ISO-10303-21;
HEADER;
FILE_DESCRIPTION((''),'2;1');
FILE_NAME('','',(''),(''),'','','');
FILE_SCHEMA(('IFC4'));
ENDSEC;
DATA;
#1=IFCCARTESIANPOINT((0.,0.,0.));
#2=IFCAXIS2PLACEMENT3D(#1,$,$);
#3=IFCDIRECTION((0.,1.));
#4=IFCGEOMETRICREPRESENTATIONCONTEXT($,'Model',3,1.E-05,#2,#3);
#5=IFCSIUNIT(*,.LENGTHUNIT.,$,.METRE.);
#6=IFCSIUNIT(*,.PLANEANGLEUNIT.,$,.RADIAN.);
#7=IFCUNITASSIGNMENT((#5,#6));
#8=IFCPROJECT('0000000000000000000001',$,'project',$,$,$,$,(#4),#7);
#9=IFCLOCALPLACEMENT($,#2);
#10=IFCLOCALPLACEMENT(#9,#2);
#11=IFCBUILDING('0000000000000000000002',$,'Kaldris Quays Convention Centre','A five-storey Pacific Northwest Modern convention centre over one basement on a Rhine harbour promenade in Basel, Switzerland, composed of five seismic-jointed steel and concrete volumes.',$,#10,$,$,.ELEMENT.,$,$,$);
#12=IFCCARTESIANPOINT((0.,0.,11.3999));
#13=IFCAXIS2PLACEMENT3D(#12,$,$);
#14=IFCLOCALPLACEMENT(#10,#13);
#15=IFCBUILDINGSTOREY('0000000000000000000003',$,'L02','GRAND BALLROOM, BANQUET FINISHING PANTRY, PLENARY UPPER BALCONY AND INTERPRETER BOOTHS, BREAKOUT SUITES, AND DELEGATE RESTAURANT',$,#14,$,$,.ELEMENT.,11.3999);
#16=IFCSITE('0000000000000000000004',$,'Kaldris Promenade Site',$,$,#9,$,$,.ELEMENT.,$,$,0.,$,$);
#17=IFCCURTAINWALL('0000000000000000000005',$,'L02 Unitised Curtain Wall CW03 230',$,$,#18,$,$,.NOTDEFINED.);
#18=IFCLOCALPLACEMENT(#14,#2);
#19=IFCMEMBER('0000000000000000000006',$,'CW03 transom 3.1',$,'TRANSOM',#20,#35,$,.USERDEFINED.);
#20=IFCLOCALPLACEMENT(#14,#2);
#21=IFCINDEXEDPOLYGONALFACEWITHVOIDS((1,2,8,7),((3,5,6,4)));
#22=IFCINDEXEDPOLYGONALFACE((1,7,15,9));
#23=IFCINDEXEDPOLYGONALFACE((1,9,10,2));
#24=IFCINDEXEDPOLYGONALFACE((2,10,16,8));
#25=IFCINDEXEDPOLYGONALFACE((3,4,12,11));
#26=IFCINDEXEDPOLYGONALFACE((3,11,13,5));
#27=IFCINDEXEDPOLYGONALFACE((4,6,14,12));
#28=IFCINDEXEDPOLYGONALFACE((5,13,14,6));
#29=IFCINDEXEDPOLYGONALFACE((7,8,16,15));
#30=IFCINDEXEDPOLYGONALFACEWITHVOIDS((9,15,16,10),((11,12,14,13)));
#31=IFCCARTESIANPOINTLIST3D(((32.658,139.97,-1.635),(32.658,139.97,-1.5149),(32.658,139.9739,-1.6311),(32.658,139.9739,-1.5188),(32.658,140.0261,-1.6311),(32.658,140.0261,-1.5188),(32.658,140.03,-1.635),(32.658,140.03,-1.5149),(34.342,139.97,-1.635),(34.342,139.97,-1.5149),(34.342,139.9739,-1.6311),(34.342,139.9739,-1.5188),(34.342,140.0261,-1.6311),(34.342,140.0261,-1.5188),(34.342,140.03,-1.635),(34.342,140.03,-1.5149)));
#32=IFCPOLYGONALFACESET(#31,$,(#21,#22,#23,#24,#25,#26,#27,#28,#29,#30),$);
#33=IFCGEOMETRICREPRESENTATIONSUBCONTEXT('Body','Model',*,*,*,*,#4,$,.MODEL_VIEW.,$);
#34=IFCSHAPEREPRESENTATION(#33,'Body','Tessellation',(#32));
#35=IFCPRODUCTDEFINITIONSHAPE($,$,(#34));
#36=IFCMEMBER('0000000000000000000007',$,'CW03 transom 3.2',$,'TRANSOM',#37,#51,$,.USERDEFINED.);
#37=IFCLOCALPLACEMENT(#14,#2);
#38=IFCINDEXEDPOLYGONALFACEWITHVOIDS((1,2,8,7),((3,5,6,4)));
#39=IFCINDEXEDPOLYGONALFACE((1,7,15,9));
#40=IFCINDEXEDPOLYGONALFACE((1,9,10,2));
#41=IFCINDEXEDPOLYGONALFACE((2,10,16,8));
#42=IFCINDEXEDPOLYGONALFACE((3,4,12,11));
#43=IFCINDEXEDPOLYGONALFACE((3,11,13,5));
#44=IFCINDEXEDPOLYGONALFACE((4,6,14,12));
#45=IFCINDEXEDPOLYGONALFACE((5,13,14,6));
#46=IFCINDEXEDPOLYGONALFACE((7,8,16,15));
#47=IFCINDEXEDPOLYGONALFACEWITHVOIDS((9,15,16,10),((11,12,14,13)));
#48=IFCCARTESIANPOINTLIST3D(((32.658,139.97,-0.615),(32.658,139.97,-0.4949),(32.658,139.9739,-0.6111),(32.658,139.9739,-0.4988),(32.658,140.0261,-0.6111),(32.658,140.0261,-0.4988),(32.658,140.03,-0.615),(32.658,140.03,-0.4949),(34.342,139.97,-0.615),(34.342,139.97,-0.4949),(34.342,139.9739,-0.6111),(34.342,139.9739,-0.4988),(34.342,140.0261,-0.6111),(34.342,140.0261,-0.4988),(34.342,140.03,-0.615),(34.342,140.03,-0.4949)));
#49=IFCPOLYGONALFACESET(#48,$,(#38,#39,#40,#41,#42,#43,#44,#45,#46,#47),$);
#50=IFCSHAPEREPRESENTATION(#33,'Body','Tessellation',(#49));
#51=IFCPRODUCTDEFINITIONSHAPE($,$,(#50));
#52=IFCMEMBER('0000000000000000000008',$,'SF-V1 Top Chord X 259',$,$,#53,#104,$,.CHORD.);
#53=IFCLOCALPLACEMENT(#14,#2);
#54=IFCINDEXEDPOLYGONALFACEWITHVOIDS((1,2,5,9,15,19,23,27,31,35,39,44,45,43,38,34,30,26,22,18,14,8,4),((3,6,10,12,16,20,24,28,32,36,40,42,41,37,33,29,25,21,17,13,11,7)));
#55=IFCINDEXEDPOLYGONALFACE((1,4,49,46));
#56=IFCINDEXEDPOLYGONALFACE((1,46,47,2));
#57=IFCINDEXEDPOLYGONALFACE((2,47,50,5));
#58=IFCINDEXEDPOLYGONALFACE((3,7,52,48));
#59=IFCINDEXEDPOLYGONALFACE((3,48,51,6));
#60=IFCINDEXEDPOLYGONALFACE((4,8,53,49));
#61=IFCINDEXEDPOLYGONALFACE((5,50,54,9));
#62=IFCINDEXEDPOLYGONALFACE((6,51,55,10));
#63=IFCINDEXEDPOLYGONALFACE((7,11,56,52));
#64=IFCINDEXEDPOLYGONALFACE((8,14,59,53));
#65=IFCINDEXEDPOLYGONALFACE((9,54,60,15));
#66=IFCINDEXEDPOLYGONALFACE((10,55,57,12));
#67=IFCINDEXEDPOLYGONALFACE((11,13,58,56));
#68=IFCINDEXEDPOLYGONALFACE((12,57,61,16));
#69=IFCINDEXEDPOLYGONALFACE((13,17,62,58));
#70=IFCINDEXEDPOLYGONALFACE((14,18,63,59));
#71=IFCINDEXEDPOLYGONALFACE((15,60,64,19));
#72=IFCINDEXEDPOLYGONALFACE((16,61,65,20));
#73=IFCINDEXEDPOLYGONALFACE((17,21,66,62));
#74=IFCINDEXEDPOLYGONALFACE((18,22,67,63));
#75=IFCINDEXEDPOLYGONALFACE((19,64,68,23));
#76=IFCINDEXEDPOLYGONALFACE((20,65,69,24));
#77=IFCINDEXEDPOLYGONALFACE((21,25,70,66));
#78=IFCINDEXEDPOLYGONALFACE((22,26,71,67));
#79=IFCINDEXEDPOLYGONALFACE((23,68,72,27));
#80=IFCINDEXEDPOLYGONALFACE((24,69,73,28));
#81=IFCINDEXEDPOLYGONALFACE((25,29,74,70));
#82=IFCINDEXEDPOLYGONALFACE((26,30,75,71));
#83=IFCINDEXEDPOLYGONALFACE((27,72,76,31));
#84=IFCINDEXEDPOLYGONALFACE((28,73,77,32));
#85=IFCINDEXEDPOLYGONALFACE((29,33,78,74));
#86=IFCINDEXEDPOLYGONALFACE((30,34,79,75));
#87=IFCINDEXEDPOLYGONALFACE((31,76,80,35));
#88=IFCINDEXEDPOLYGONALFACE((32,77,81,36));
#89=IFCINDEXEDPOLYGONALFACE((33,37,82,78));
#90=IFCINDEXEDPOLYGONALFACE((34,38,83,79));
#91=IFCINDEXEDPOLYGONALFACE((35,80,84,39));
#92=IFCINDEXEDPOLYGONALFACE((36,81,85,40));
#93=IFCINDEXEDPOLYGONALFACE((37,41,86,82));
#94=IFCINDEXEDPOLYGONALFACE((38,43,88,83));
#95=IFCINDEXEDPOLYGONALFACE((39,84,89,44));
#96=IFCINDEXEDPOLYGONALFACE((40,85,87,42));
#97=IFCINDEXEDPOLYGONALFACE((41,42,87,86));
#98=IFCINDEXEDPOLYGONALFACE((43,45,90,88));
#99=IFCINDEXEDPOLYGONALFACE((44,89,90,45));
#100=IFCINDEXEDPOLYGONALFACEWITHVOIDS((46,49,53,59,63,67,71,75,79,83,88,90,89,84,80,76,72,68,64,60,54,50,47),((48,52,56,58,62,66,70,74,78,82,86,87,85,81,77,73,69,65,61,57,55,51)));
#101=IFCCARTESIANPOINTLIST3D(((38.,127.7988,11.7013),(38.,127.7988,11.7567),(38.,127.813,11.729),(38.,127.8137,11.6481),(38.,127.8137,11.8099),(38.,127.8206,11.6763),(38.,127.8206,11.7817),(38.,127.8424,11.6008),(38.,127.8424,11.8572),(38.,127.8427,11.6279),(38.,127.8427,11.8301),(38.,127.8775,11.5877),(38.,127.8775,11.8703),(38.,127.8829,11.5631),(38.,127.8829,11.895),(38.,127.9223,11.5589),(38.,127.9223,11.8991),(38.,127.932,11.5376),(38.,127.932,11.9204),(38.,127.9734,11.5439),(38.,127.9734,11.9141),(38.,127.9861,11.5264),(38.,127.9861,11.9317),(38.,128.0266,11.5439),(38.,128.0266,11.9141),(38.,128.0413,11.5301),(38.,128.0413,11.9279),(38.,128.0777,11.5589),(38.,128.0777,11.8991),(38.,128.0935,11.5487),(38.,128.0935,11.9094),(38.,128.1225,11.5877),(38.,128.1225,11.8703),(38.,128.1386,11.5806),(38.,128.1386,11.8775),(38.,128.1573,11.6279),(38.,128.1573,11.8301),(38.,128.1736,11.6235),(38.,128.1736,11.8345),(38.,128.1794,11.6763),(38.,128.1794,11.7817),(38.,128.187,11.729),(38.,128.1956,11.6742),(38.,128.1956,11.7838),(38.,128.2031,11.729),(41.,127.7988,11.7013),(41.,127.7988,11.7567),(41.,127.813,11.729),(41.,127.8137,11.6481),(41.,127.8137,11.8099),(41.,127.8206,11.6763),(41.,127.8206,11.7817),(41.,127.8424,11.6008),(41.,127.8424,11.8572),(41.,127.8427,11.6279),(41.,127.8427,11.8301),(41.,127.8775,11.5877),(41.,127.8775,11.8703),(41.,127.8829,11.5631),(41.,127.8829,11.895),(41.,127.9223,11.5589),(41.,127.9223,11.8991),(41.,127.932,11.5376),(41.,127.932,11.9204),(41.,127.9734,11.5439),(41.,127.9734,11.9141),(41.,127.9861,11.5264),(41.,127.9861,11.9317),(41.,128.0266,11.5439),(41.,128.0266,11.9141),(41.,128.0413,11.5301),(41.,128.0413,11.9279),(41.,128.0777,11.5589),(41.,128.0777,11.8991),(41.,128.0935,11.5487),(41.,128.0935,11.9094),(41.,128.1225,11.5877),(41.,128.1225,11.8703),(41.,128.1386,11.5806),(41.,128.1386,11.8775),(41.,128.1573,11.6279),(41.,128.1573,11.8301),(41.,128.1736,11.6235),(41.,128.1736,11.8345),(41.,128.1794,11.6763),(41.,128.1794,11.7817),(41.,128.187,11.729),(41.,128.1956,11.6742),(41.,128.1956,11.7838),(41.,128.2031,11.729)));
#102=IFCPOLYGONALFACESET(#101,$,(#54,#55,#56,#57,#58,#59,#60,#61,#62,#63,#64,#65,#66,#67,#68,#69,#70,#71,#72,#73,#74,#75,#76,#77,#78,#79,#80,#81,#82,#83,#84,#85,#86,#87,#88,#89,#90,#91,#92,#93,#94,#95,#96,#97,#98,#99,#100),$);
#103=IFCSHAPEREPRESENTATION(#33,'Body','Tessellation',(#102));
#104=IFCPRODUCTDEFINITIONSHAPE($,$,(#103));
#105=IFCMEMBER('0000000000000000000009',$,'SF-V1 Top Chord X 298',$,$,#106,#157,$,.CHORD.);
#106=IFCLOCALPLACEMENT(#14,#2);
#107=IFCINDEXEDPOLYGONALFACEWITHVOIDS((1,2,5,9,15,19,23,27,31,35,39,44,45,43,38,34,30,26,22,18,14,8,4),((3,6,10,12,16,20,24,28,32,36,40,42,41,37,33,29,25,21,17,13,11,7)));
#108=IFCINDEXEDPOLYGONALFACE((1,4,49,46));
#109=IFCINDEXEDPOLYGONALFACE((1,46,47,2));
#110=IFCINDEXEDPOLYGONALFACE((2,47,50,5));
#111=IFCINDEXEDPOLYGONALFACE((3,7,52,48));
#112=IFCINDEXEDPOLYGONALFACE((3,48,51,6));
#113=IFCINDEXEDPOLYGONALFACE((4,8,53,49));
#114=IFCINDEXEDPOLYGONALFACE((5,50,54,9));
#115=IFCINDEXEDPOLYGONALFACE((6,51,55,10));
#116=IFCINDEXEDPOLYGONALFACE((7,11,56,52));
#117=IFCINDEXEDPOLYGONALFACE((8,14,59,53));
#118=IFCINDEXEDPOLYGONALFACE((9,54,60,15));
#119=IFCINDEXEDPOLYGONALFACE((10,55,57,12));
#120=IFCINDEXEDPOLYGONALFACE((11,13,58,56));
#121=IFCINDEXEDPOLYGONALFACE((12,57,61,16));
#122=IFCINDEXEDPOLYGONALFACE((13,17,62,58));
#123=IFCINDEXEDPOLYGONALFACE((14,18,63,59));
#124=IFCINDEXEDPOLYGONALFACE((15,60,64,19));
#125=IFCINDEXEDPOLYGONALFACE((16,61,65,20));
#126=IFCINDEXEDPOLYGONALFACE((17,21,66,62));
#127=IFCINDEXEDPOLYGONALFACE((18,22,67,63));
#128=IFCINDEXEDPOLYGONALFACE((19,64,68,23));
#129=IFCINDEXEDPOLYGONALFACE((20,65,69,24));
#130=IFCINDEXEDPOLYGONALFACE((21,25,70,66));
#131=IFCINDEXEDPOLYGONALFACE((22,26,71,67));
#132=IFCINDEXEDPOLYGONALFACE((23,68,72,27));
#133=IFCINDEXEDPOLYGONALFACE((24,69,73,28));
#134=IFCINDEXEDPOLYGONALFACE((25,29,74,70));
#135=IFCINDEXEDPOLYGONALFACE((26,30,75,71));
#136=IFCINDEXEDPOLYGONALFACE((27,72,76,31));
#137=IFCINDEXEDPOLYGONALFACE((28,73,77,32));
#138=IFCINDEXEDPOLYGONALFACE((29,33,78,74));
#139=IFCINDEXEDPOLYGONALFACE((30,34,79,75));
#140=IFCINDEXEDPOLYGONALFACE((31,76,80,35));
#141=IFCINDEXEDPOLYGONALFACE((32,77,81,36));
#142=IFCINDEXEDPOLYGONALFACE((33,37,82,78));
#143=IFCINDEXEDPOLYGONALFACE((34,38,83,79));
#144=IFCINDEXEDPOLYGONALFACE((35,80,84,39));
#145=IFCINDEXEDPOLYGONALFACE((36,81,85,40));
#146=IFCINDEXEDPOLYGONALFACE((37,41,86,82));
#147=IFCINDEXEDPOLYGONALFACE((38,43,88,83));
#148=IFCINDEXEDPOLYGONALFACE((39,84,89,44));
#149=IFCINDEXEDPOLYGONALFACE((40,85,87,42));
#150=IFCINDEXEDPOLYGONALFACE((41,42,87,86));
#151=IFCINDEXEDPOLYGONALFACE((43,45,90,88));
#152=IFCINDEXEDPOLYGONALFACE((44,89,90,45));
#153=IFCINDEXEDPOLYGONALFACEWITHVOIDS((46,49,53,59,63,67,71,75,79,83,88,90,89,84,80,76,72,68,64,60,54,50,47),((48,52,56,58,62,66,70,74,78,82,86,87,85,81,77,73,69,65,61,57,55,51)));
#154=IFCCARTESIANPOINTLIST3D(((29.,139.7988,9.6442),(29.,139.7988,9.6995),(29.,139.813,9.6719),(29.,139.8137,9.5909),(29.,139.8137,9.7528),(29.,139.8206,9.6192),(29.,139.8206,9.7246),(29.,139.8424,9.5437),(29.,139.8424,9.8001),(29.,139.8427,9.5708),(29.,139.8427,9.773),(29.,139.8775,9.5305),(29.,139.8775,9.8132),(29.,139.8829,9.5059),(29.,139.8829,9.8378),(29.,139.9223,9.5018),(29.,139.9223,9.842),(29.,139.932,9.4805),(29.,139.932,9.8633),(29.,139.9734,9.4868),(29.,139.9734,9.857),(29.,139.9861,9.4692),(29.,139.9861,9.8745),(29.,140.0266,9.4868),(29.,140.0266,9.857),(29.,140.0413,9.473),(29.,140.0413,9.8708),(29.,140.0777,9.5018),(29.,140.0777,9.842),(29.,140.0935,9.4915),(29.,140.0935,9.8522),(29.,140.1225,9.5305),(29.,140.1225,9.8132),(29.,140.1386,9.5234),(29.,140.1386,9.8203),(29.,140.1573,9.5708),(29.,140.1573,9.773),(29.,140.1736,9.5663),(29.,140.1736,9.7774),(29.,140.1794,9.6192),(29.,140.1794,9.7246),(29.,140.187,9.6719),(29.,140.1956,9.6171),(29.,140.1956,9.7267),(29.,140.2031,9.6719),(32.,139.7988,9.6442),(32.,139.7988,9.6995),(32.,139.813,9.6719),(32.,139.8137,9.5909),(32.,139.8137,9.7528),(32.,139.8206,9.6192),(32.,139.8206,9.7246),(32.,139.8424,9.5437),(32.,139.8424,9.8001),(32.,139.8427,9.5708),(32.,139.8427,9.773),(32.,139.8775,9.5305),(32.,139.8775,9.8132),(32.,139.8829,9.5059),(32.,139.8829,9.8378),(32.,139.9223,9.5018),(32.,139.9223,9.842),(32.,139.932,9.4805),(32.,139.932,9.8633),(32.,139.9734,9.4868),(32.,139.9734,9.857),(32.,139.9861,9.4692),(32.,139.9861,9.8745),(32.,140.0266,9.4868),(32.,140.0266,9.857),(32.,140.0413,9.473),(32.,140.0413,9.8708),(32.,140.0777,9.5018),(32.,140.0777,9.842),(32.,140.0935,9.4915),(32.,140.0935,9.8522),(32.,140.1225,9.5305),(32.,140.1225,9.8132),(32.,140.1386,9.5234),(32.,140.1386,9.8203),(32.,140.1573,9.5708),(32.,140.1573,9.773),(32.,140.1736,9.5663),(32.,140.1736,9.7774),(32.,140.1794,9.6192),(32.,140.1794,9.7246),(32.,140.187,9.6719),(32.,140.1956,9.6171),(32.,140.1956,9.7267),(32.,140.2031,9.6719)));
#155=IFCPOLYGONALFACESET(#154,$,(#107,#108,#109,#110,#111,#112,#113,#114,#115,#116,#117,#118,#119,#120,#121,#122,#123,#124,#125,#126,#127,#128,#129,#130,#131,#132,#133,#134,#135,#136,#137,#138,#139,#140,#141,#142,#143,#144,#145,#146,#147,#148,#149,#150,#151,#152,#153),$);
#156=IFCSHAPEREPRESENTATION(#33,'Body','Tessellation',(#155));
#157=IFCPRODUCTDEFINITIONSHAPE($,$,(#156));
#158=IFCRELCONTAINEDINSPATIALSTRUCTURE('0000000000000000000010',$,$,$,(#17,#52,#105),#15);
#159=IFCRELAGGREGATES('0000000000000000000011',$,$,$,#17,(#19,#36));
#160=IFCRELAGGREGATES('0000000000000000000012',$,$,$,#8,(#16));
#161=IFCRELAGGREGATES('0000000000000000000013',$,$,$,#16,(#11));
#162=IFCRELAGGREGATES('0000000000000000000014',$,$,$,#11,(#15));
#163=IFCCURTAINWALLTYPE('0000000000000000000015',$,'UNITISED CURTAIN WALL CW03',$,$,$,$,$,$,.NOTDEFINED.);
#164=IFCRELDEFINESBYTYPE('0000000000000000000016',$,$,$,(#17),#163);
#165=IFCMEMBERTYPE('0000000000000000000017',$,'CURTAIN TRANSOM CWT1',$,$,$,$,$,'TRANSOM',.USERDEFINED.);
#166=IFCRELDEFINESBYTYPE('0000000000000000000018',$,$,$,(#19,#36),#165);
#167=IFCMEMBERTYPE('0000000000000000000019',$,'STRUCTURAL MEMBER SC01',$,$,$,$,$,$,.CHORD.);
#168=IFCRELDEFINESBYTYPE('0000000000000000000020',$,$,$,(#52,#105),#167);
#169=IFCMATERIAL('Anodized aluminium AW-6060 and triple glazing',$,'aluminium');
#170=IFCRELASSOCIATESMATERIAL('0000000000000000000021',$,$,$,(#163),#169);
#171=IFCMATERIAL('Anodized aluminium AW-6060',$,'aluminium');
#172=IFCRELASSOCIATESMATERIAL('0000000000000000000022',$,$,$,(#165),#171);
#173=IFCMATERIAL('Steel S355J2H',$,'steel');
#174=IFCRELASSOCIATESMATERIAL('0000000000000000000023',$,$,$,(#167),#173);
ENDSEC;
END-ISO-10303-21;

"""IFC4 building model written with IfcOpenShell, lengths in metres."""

from ifc_helpers import new_model, si_unit, direction, frame, origin, origin_2d, place, context, subcontext, project, spatial, hollow_rectangle, hollow_circle, extrude, material, material_profile, profile_set, type_object, element, aggregate, save


model = new_model("IFC4")

# Units and contexts
model_context = context("Model", 3, precision=1e-05, world=origin(), true_north=direction((0.0, 1.0)))
body_context = subcontext(model_context, "Body", "Model", "MODEL_VIEW")
ifc_project = project(units=[si_unit("LENGTHUNIT", "METRE"), si_unit("PLANEANGLEUNIT", "RADIAN")], contexts=[model_context])

# Site, building, storey
site_placement = place(None, origin())
site = spatial("IfcSite", under=ifc_project, at=site_placement, Name="Kaldris Promenade Site", CompositionType="ELEMENT", RefElevation=0.0)
building_placement = place(site_placement, origin())
building = spatial("IfcBuilding", under=site, at=building_placement, Name="Kaldris Quays Convention Centre", Description="A five-storey Pacific Northwest Modern convention centre over one basement on a Rhine harbour promenade in Basel, Switzerland, composed of five seismic-jointed steel and concrete volumes.", CompositionType="ELEMENT")
storey_placement = place(building_placement, frame((0.0, 0.0, 11.3999)))
storey = spatial("IfcBuildingStorey", under=building, at=storey_placement, Name="L02", Description="GRAND BALLROOM, BANQUET FINISHING PANTRY, PLENARY UPPER BALCONY AND INTERPRETER BOOTHS, BREAKOUT SUITES, AND DELEGATE RESTAURANT", CompositionType="ELEMENT", Elevation=11.3999)

# Curtain wall, members
ifc_material_1 = material(Name="Anodized aluminium AW-6060 and triple glazing", Category="aluminium")
curtain_wall_type = type_object("IfcCurtainWallType", Name="UNITISED CURTAIN WALL CW03", PredefinedType="NOTDEFINED", material=ifc_material_1)
curtain_wall_placement = place(storey_placement, origin())
curtain_wall = element("IfcCurtainWall", 1, at=curtain_wall_placement, inside=storey, type_object=curtain_wall_type, Name="L02 Unitised Curtain Wall CW03 230", PredefinedType="NOTDEFINED")
ifc_material_2 = material(Name="Anodized aluminium AW-6060", Category="aluminium")
ifc_material_profile_1 = material_profile(ifc_material_2, hollow_rectangle(XDim=0.0601, YDim=0.1201, WallThickness=0.0039, at=origin_2d()), Name="RHS 120x60x4")
ifc_profile_set_1 = profile_set([ifc_material_profile_1], Name="Anodized aluminium AW-6060")
member_type_1 = type_object("IfcMemberType", Name="CURTAIN TRANSOM CWT1", ElementType="TRANSOM", PredefinedType="USERDEFINED", material=ifc_profile_set_1)
member_1_placement = place(storey_placement, frame((32.658, 140.0, -1.575), z_axis=(1.0, 0.0, 0.0), x_axis=(0.0, 1.0, 0.0)))
member_1 = element("IfcMember", 2, at=member_1_placement, type_object=member_type_1, Name="CW03 transom 3.1", ObjectType="TRANSOM", PredefinedType="USERDEFINED", context=body_context, shape_type="SweptSolid", body=[
    extrude(hollow_rectangle(XDim=0.0601, YDim=0.1201, WallThickness=0.0039, at=origin_2d()), origin(), (0.0, 0.0, 1.0), 1.6841),
])
member_2_placement = place(storey_placement, frame((32.658, 140.0, -0.5549), z_axis=(1.0, 0.0, 0.0), x_axis=(0.0, 1.0, 0.0)))
member_2 = element("IfcMember", 3, at=member_2_placement, type_object=member_type_1, Name="CW03 transom 3.2", ObjectType="TRANSOM", PredefinedType="USERDEFINED", context=body_context, shape_type="SweptSolid", body=[
    extrude(hollow_rectangle(XDim=0.0601, YDim=0.1201, WallThickness=0.0039, at=origin_2d()), origin(), (0.0, 0.0, 1.0), 1.6841),
])

# Members
ifc_material_3 = material(Name="Steel S355J2H", Category="steel")
ifc_material_profile_2 = material_profile(ifc_material_3, hollow_circle(Radius=0.2031, WallThickness=0.0161, at=origin_2d()), Name="CHS 406.4x16")
ifc_profile_set_2 = profile_set([ifc_material_profile_2], Name="Steel S355J2H")
member_type_2 = type_object("IfcMemberType", Name="STRUCTURAL MEMBER SC01", PredefinedType="CHORD", material=ifc_profile_set_2)
for number, where, z_axis, x_axis, name in (
    (4, (38.0, 128.0, 11.729), (1.0, 0.0, 0.0), (0.0, 1.0, 0.0), "SF-V1 Top Chord X 259"),
    (5, (29.0, 140.0, 9.6719), (1.0, 0.0, 0.0), (0.0, 1.0, 0.0), "SF-V1 Top Chord X 298"),
):
    element("IfcMember", number, at=place(storey_placement, frame(where, z_axis=z_axis, x_axis=x_axis)), inside=storey, type_object=member_type_2, Name=name, PredefinedType="CHORD", context=body_context, shape_type="SweptSolid", body=[
        extrude(hollow_circle(Radius=0.2031, WallThickness=0.0161, at=origin_2d()), origin(), (0.0, 0.0, 1.0), 3.0),
    ])

aggregate(curtain_wall, [member_1, member_2])

save(model, "model.ifc")
